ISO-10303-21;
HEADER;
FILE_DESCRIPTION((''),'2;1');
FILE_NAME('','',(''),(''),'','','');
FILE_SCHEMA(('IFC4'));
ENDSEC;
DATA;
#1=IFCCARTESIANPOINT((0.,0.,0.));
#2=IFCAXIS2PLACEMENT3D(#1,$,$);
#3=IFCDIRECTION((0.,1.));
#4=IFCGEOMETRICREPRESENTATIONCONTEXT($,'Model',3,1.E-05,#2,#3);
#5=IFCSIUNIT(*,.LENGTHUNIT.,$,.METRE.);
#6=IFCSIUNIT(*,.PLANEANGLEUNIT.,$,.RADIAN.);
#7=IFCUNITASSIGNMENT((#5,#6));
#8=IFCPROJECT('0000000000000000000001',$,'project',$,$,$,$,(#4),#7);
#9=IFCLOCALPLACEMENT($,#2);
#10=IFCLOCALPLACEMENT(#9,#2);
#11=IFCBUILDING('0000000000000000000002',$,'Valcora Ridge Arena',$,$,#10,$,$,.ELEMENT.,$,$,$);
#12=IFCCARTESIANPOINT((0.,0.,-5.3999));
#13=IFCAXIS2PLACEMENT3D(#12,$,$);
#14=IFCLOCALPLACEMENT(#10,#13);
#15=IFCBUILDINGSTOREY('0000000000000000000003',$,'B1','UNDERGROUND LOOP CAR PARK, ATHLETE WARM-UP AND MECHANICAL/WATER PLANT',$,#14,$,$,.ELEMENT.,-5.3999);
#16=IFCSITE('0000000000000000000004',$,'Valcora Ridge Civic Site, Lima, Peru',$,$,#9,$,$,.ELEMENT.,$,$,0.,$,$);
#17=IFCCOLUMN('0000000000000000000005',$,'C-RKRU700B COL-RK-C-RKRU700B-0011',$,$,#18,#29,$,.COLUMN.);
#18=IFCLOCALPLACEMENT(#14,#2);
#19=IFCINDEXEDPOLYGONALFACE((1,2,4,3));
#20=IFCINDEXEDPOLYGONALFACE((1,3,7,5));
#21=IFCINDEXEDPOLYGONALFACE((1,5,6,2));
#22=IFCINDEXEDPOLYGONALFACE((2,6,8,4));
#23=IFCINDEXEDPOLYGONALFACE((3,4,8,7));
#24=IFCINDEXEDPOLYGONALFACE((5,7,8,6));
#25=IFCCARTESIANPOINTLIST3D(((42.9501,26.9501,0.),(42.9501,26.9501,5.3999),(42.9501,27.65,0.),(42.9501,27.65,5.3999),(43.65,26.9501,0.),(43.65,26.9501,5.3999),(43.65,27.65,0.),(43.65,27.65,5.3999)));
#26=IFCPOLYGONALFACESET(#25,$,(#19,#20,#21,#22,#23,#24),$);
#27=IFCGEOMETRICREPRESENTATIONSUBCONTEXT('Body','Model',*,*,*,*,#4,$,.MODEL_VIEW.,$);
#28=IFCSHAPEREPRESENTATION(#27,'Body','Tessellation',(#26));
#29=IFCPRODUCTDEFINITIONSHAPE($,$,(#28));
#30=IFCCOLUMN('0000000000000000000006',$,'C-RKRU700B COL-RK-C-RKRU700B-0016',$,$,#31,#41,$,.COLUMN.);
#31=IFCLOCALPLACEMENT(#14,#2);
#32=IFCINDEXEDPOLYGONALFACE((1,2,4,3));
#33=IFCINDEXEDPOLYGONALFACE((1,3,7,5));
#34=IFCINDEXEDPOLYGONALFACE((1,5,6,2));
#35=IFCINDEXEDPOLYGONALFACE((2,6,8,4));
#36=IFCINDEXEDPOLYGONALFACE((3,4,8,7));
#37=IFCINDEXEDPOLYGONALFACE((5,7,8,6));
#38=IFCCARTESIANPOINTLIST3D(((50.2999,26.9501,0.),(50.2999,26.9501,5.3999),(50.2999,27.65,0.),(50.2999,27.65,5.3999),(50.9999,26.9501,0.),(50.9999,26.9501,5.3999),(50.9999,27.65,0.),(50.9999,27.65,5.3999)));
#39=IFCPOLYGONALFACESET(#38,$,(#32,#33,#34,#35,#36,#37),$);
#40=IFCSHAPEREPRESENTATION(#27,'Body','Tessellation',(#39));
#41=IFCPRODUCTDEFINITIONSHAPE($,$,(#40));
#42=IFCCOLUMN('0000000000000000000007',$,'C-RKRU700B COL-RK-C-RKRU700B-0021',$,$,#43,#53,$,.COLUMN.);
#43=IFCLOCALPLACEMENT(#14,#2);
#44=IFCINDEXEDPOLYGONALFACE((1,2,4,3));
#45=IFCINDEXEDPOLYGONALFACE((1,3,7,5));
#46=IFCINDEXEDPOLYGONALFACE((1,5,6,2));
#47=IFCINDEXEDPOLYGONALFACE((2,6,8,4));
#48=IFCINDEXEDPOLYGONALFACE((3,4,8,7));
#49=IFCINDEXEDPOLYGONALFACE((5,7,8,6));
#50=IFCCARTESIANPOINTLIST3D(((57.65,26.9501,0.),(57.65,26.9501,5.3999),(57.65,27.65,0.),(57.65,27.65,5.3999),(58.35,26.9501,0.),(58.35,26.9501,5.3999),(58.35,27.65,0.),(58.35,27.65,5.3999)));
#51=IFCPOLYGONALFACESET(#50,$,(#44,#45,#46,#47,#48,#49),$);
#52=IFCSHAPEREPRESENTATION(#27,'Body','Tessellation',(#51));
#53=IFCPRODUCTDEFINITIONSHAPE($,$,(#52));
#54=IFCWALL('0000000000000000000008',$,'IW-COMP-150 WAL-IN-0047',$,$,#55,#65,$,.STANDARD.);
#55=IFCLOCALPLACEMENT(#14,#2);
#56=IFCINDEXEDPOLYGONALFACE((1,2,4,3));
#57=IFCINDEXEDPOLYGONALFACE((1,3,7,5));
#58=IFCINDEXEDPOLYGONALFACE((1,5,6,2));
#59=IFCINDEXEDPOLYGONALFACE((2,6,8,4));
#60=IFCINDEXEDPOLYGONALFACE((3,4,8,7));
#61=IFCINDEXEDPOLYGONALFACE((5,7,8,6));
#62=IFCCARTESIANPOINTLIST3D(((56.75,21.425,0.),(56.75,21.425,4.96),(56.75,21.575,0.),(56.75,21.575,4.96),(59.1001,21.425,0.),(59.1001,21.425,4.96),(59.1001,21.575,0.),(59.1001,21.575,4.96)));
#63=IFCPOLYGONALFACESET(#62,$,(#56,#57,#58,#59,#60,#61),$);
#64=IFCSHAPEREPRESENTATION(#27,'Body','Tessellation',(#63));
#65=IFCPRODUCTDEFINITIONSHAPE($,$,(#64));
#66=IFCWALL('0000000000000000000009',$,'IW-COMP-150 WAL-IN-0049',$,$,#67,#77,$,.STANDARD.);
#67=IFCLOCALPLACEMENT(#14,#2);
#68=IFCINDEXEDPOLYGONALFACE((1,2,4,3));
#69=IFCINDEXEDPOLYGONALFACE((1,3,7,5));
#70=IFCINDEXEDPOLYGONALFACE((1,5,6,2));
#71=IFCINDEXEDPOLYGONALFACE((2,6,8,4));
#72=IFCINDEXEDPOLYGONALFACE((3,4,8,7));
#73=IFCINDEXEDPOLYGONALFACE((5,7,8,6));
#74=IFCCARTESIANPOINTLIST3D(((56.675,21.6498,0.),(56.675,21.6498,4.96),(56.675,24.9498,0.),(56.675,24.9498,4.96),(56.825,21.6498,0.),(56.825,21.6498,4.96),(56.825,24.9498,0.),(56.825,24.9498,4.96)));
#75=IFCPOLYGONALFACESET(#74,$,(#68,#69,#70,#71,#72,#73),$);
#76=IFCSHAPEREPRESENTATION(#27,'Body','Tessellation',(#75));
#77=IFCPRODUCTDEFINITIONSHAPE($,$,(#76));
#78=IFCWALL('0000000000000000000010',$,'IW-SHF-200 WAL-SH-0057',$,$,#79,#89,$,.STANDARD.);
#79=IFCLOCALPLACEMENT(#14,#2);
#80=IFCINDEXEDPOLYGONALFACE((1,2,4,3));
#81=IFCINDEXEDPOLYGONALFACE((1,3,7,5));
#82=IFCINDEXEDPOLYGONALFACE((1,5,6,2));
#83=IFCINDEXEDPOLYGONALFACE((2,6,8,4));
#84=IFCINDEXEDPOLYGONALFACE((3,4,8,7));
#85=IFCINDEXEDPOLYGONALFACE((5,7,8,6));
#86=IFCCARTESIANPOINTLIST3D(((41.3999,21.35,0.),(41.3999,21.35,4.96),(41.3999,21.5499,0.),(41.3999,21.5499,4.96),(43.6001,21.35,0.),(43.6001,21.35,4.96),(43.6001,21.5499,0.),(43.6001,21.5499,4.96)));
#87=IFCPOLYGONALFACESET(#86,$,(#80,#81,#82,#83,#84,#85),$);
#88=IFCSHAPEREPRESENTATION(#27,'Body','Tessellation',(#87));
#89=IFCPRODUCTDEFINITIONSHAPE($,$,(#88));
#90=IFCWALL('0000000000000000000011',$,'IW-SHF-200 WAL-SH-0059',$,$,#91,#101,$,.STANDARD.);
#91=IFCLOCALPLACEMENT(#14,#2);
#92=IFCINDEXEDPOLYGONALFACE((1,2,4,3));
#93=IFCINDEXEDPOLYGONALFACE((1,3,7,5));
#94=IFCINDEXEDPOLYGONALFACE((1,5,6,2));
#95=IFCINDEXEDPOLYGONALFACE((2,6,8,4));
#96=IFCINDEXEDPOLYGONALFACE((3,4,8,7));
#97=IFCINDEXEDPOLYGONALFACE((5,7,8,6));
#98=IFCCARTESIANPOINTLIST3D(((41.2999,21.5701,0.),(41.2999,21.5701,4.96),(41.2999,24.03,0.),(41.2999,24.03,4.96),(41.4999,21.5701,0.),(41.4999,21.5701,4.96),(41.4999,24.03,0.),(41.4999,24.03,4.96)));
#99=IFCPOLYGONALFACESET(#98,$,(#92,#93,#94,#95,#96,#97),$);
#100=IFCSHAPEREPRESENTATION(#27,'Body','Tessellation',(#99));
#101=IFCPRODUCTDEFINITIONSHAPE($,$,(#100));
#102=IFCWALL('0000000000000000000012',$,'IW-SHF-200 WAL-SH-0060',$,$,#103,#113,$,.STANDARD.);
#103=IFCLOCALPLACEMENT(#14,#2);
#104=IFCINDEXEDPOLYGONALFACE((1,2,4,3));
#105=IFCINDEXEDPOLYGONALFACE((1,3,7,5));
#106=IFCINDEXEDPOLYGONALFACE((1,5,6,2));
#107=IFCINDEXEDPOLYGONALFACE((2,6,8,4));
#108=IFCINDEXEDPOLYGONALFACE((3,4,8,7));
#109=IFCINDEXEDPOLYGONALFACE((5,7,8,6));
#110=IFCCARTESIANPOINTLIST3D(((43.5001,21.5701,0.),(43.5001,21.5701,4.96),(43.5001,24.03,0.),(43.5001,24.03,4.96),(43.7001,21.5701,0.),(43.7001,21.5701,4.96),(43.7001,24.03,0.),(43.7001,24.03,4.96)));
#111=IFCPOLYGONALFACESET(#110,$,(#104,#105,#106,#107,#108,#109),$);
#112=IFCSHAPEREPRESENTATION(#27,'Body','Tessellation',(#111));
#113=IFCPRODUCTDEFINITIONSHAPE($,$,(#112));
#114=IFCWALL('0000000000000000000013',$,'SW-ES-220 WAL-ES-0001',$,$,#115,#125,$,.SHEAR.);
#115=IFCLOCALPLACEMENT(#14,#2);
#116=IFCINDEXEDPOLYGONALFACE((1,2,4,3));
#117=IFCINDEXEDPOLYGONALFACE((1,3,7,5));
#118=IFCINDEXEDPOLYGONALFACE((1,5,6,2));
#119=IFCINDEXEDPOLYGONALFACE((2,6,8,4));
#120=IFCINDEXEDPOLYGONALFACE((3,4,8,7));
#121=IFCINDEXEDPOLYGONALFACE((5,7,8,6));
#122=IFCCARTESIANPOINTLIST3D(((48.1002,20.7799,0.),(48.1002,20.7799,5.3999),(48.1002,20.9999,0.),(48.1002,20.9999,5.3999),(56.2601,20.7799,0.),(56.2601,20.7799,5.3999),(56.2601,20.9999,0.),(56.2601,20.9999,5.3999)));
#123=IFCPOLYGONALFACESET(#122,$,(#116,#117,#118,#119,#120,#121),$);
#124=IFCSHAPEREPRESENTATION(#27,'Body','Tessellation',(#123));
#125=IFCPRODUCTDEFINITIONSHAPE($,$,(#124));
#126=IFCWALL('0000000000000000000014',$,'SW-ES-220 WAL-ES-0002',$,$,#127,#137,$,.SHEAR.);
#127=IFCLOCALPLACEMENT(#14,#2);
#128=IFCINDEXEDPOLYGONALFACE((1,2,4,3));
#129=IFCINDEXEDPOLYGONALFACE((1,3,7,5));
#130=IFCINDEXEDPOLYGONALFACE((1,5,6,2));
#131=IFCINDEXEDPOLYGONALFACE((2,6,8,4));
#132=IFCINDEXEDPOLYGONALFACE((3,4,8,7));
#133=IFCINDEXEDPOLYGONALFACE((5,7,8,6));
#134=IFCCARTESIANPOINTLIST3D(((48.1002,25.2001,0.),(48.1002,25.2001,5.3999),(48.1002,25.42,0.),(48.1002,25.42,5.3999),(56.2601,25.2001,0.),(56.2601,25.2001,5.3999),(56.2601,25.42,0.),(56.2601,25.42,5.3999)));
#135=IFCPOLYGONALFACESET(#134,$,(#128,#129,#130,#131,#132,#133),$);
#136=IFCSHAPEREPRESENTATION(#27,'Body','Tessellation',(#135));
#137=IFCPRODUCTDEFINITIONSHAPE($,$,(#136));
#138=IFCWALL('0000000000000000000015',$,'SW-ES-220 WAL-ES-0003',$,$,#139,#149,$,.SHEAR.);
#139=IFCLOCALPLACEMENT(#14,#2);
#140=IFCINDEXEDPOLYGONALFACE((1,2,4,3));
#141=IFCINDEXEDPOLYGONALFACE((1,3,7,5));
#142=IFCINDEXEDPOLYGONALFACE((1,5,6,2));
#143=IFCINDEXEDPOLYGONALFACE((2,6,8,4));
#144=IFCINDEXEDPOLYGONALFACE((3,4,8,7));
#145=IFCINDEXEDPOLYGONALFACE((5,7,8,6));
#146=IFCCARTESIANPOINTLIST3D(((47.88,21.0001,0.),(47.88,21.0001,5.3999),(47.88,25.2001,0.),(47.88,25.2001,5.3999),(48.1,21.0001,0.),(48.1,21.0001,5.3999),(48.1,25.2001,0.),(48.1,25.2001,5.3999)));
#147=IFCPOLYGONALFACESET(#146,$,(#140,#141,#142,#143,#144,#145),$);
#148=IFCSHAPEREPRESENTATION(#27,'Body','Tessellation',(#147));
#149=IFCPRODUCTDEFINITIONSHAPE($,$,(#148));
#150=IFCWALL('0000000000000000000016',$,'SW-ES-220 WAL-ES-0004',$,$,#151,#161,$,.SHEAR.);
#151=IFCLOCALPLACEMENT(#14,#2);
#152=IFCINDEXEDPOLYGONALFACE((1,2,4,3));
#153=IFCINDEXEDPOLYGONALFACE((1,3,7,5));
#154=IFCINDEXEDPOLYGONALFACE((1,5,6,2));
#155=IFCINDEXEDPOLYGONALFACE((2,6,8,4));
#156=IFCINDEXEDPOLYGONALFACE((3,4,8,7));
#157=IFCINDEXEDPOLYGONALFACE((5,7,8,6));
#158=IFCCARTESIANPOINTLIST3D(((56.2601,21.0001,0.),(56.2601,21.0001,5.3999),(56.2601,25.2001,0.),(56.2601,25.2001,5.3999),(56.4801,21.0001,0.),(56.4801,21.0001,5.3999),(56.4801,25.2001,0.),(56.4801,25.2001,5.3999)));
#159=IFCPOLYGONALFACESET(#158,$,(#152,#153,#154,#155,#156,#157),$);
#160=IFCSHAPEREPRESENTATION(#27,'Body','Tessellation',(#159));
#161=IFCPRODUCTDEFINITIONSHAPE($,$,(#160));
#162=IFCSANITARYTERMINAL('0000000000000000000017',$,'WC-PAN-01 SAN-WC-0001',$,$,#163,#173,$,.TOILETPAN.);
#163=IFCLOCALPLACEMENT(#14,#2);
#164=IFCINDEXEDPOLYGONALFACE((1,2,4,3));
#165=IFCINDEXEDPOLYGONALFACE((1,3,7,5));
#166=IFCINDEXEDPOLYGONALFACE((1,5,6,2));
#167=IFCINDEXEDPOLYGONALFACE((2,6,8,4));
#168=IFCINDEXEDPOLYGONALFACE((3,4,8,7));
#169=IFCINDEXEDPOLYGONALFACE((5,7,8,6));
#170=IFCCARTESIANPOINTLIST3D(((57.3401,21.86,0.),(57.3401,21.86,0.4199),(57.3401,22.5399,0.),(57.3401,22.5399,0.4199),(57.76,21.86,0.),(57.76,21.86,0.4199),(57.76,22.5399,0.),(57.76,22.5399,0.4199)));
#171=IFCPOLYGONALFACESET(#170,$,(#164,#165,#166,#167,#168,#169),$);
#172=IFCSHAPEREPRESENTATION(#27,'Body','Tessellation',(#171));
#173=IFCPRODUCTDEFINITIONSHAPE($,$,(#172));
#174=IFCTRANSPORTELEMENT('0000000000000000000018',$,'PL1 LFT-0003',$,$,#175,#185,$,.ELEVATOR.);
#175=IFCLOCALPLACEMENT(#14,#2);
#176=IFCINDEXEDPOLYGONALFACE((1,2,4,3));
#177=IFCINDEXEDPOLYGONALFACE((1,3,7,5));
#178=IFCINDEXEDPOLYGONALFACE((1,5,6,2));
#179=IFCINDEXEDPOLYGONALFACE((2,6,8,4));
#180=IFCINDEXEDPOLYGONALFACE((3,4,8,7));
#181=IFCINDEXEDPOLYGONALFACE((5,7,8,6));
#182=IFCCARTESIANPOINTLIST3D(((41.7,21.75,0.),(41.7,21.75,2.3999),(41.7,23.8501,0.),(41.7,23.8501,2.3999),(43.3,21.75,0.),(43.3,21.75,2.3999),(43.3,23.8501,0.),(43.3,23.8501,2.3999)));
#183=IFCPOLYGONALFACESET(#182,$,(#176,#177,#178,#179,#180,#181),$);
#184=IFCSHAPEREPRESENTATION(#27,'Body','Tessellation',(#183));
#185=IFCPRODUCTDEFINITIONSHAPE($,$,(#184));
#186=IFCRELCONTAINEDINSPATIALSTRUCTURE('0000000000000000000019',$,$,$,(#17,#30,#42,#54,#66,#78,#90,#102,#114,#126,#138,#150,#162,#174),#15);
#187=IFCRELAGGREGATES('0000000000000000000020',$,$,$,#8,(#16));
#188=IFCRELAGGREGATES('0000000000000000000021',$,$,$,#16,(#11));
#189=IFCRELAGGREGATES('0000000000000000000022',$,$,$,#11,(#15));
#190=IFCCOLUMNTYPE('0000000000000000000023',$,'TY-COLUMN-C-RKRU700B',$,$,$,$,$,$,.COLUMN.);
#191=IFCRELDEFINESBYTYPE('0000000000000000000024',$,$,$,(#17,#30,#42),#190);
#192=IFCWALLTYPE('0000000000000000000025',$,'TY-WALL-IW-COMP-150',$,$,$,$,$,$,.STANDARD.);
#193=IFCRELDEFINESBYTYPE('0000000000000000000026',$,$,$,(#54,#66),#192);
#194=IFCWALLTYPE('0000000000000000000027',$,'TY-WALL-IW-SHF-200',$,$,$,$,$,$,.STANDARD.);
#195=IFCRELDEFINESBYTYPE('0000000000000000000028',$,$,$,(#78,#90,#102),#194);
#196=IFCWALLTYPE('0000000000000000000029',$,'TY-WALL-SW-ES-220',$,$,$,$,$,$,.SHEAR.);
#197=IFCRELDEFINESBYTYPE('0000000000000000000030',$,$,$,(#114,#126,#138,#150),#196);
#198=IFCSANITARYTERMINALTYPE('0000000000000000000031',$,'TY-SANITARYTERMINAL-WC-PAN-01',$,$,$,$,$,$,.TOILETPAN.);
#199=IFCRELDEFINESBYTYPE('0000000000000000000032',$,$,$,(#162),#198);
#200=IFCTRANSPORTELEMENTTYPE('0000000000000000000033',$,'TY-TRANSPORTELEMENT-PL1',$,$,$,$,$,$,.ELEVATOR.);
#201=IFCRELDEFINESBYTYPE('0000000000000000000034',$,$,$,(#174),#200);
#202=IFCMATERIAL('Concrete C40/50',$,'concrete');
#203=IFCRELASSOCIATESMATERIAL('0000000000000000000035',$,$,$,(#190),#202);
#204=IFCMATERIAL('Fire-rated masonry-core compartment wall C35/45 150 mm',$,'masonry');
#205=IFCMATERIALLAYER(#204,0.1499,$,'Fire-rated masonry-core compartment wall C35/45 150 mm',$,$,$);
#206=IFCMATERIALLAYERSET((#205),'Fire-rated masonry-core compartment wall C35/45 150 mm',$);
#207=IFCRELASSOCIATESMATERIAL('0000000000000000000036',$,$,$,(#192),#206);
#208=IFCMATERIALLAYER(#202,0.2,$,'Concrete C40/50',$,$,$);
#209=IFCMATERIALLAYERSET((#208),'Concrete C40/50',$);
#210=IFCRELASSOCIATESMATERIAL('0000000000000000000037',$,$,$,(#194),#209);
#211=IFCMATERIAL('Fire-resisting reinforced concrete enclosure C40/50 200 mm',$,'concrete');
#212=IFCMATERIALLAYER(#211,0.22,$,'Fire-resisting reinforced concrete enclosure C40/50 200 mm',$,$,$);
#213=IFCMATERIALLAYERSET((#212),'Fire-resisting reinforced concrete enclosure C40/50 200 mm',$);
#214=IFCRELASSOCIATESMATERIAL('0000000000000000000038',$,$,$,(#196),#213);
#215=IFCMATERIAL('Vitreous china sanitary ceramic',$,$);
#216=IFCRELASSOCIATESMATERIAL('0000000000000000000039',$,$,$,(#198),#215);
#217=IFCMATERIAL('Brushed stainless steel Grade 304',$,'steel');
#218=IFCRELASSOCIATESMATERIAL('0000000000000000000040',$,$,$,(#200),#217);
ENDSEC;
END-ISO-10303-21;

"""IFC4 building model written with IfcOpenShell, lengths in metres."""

from ifc_helpers import new_model, si_unit, direction, frame, frame_2d, origin, origin_2d, place, context, subcontext, project, spatial, rectangle, extrude, material, layer, layer_set, material_profile, profile_set, type_object, element, save


model = new_model("IFC4")

# Units and contexts
model_context = context("Model", 3, precision=1e-05, world=origin(), true_north=direction((0.0, 1.0)))
body_context = subcontext(model_context, "Body", "Model", "MODEL_VIEW")
ifc_project = project(units=[si_unit("LENGTHUNIT", "METRE"), si_unit("PLANEANGLEUNIT", "RADIAN")], contexts=[model_context])

# Site, building, storey
site_placement = place(None, origin())
site = spatial("IfcSite", under=ifc_project, at=site_placement, Name="Valcora Ridge Civic Site, Lima, Peru", CompositionType="ELEMENT", RefElevation=0.0)
building_placement = place(site_placement, origin())
building = spatial("IfcBuilding", under=site, at=building_placement, Name="Valcora Ridge Arena", CompositionType="ELEMENT")
storey_placement = place(building_placement, frame((0.0, 0.0, -5.3999)))
storey = spatial("IfcBuildingStorey", under=building, at=storey_placement, Name="B1", Description="UNDERGROUND LOOP CAR PARK, ATHLETE WARM-UP AND MECHANICAL/WATER PLANT", CompositionType="ELEMENT", Elevation=-5.3999)

# Shared definitions
ifc_material_1 = material(Name="Concrete C40/50", Category="concrete")

# Columns
ifc_material_profile_1 = material_profile(ifc_material_1, rectangle(XDim=0.7, YDim=0.7, at=origin_2d()), Name="RC 700x700")
ifc_profile_set_1 = profile_set([ifc_material_profile_1], Name="Concrete C40/50")
column_type_1 = type_object("IfcColumnType", Name="TY-COLUMN-C-RKRU700B", PredefinedType="COLUMN", material=ifc_profile_set_1)
for number, where, z_axis, x_axis, name in (
    (1, (43.3, 27.3, 0.0), (0.0, 0.0, 1.0), (1.0, 0.0, 0.0), "C-RKRU700B COL-RK-C-RKRU700B-0011"),
    (2, (50.6499, 27.3, 0.0), (0.0, 0.0, 1.0), (1.0, 0.0, 0.0), "C-RKRU700B COL-RK-C-RKRU700B-0016"),
    (3, (58.0, 27.3, 0.0), (0.0, 0.0, 1.0), (1.0, 0.0, 0.0), "C-RKRU700B COL-RK-C-RKRU700B-0021"),
):
    element("IfcColumn", number, at=place(storey_placement, frame(where, z_axis=z_axis, x_axis=x_axis)), inside=storey, type_object=column_type_1, Name=name, PredefinedType="COLUMN", context=body_context, shape_type="SweptSolid", body=[
        extrude(rectangle(XDim=0.7, YDim=0.7, at=origin_2d()), origin(), (0.0, 0.0, 1.0), 5.3999),
    ])

# Wall
ifc_material_2 = material(Name="Fire-rated masonry-core compartment wall C35/45 150 mm", Category="masonry")
ifc_layer_1 = layer(ifc_material_2, 0.1499, Name="Fire-rated masonry-core compartment wall C35/45 150 mm")
ifc_layer_set_1 = layer_set([ifc_layer_1], Name="Fire-rated masonry-core compartment wall C35/45 150 mm")
wall_type_1 = type_object("IfcWallType", Name="TY-WALL-IW-COMP-150", PredefinedType="STANDARD", material=ifc_layer_set_1)
wall_1_placement = place(storey_placement, frame((56.75, 21.5, 0.0), z_axis=(0.0, 0.0, 1.0), x_axis=(1.0, 0.0, 0.0)))
element("IfcWall", 4, at=wall_1_placement, inside=storey, type_object=wall_type_1, Name="IW-COMP-150 WAL-IN-0047", PredefinedType="STANDARD", context=body_context, shape_type="SweptSolid", body=[
    extrude(rectangle(XDim=2.3501, YDim=0.1499, at=frame_2d((1.175, 0.0))), origin(), (0.0, 0.0, 1.0), 4.96),
])

# Walls
wall_2_placement = place(storey_placement, frame((56.75, 21.6499, 0.0), z_axis=(0.0, 0.0, 1.0), x_axis=(0.0, 1.0, 0.0)))
element("IfcWall", 5, at=wall_2_placement, inside=storey, type_object=wall_type_1, Name="IW-COMP-150 WAL-IN-0049", PredefinedType="STANDARD", context=body_context, shape_type="SweptSolid", body=[
    extrude(rectangle(XDim=3.3, YDim=0.1499, at=frame_2d((1.6499, 0.0))), origin(), (0.0, 0.0, 1.0), 4.96),
])
ifc_layer_2 = layer(ifc_material_1, 0.2, Name="Concrete C40/50")
ifc_layer_set_2 = layer_set([ifc_layer_2], Name="Concrete C40/50")
wall_type_2 = type_object("IfcWallType", Name="TY-WALL-IW-SHF-200", PredefinedType="STANDARD", material=ifc_layer_set_2)
wall_3_placement = place(storey_placement, frame((41.3999, 21.45, 0.0), z_axis=(0.0, 0.0, 1.0), x_axis=(1.0, 0.0, 0.0)))
element("IfcWall", 6, at=wall_3_placement, inside=storey, type_object=wall_type_2, Name="IW-SHF-200 WAL-SH-0057", PredefinedType="STANDARD", context=body_context, shape_type="SweptSolid", body=[
    extrude(rectangle(XDim=2.2002, YDim=0.2, at=frame_2d((1.1001, 0.0))), origin(), (0.0, 0.0, 1.0), 4.96),
])

# Walls
for number, where, z_axis, x_axis, name in (
    (7, (41.3999, 21.5701, 0.0), (0.0, 0.0, 1.0), (0.0, 1.0, 0.0), "IW-SHF-200 WAL-SH-0059"),
    (8, (43.6001, 21.5701, 0.0), (0.0, 0.0, 1.0), (0.0, 1.0, 0.0), "IW-SHF-200 WAL-SH-0060"),
):
    element("IfcWall", number, at=place(storey_placement, frame(where, z_axis=z_axis, x_axis=x_axis)), inside=storey, type_object=wall_type_2, Name=name, PredefinedType="STANDARD", context=body_context, shape_type="SweptSolid", body=[
        extrude(rectangle(XDim=2.46, YDim=0.2, at=frame_2d((1.23, 0.0))), origin(), (0.0, 0.0, 1.0), 4.96),
    ])
ifc_material_3 = material(Name="Fire-resisting reinforced concrete enclosure C40/50 200 mm", Category="concrete")
ifc_layer_3 = layer(ifc_material_3, 0.22, Name="Fire-resisting reinforced concrete enclosure C40/50 200 mm")
ifc_layer_set_3 = layer_set([ifc_layer_3], Name="Fire-resisting reinforced concrete enclosure C40/50 200 mm")
wall_type_3 = type_object("IfcWallType", Name="TY-WALL-SW-ES-220", PredefinedType="SHEAR", material=ifc_layer_set_3)
for number, where, z_axis, x_axis, name in (
    (9, (48.1001, 20.8899, 0.0), (0.0, 0.0, 1.0), (1.0, 0.0, 0.0), "SW-ES-220 WAL-ES-0001"),
    (10, (48.1001, 25.3101, 0.0), (0.0, 0.0, 1.0), (1.0, 0.0, 0.0), "SW-ES-220 WAL-ES-0002"),
):
    element("IfcWall", number, at=place(storey_placement, frame(where, z_axis=z_axis, x_axis=x_axis)), inside=storey, type_object=wall_type_3, Name=name, PredefinedType="SHEAR", context=body_context, shape_type="SweptSolid", body=[
        extrude(rectangle(XDim=8.1599, YDim=0.22, at=frame_2d((4.0801, 0.0))), origin(), (0.0, 0.0, 1.0), 5.3999),
    ])
for number, where, z_axis, x_axis, name in (
    (11, (47.99, 21.0, 0.0), (0.0, 0.0, 1.0), (0.0, 1.0, 0.0), "SW-ES-220 WAL-ES-0003"),
    (12, (56.3701, 21.0, 0.0), (0.0, 0.0, 1.0), (0.0, 1.0, 0.0), "SW-ES-220 WAL-ES-0004"),
):
    element("IfcWall", number, at=place(storey_placement, frame(where, z_axis=z_axis, x_axis=x_axis)), inside=storey, type_object=wall_type_3, Name=name, PredefinedType="SHEAR", context=body_context, shape_type="SweptSolid", body=[
        extrude(rectangle(XDim=4.2, YDim=0.22, at=frame_2d((2.1001, 0.0))), origin(), (0.0, 0.0, 1.0), 5.3999),
    ])

# Sanitary terminal
ifc_material_4 = material(Name="Vitreous china sanitary ceramic")
sanitary_terminal_type = type_object("IfcSanitaryTerminalType", Name="TY-SANITARYTERMINAL-WC-PAN-01", PredefinedType="TOILETPAN", material=ifc_material_4)
sanitary_terminal_placement = place(storey_placement, frame((57.55, 22.2, 0.0), z_axis=(0.0, 0.0, 1.0), x_axis=(1.0, 0.0, 0.0)))
element("IfcSanitaryTerminal", 13, at=sanitary_terminal_placement, inside=storey, type_object=sanitary_terminal_type, Name="WC-PAN-01 SAN-WC-0001", PredefinedType="TOILETPAN", context=body_context, shape_type="SweptSolid", body=[
    extrude(rectangle(XDim=0.4199, YDim=0.6799, at=origin_2d()), origin(), (0.0, 0.0, 1.0), 0.4199),
])

# Transport element
ifc_material_5 = material(Name="Brushed stainless steel Grade 304", Category="steel")
transport_element_type = type_object("IfcTransportElementType", Name="TY-TRANSPORTELEMENT-PL1", PredefinedType="ELEVATOR", material=ifc_material_5)
transport_element_placement = place(storey_placement, frame((42.5, 22.8, 0.0), z_axis=(0.0, 0.0, 1.0), x_axis=(1.0, 0.0, 0.0)))
element("IfcTransportElement", 14, at=transport_element_placement, inside=storey, type_object=transport_element_type, Name="PL1 LFT-0003", PredefinedType="ELEVATOR", context=body_context, shape_type="SweptSolid", body=[
    extrude(rectangle(XDim=1.6001, YDim=2.1001, at=origin_2d()), origin(), (0.0, 0.0, 1.0), 2.3999),
])

save(model, "model.ifc")
